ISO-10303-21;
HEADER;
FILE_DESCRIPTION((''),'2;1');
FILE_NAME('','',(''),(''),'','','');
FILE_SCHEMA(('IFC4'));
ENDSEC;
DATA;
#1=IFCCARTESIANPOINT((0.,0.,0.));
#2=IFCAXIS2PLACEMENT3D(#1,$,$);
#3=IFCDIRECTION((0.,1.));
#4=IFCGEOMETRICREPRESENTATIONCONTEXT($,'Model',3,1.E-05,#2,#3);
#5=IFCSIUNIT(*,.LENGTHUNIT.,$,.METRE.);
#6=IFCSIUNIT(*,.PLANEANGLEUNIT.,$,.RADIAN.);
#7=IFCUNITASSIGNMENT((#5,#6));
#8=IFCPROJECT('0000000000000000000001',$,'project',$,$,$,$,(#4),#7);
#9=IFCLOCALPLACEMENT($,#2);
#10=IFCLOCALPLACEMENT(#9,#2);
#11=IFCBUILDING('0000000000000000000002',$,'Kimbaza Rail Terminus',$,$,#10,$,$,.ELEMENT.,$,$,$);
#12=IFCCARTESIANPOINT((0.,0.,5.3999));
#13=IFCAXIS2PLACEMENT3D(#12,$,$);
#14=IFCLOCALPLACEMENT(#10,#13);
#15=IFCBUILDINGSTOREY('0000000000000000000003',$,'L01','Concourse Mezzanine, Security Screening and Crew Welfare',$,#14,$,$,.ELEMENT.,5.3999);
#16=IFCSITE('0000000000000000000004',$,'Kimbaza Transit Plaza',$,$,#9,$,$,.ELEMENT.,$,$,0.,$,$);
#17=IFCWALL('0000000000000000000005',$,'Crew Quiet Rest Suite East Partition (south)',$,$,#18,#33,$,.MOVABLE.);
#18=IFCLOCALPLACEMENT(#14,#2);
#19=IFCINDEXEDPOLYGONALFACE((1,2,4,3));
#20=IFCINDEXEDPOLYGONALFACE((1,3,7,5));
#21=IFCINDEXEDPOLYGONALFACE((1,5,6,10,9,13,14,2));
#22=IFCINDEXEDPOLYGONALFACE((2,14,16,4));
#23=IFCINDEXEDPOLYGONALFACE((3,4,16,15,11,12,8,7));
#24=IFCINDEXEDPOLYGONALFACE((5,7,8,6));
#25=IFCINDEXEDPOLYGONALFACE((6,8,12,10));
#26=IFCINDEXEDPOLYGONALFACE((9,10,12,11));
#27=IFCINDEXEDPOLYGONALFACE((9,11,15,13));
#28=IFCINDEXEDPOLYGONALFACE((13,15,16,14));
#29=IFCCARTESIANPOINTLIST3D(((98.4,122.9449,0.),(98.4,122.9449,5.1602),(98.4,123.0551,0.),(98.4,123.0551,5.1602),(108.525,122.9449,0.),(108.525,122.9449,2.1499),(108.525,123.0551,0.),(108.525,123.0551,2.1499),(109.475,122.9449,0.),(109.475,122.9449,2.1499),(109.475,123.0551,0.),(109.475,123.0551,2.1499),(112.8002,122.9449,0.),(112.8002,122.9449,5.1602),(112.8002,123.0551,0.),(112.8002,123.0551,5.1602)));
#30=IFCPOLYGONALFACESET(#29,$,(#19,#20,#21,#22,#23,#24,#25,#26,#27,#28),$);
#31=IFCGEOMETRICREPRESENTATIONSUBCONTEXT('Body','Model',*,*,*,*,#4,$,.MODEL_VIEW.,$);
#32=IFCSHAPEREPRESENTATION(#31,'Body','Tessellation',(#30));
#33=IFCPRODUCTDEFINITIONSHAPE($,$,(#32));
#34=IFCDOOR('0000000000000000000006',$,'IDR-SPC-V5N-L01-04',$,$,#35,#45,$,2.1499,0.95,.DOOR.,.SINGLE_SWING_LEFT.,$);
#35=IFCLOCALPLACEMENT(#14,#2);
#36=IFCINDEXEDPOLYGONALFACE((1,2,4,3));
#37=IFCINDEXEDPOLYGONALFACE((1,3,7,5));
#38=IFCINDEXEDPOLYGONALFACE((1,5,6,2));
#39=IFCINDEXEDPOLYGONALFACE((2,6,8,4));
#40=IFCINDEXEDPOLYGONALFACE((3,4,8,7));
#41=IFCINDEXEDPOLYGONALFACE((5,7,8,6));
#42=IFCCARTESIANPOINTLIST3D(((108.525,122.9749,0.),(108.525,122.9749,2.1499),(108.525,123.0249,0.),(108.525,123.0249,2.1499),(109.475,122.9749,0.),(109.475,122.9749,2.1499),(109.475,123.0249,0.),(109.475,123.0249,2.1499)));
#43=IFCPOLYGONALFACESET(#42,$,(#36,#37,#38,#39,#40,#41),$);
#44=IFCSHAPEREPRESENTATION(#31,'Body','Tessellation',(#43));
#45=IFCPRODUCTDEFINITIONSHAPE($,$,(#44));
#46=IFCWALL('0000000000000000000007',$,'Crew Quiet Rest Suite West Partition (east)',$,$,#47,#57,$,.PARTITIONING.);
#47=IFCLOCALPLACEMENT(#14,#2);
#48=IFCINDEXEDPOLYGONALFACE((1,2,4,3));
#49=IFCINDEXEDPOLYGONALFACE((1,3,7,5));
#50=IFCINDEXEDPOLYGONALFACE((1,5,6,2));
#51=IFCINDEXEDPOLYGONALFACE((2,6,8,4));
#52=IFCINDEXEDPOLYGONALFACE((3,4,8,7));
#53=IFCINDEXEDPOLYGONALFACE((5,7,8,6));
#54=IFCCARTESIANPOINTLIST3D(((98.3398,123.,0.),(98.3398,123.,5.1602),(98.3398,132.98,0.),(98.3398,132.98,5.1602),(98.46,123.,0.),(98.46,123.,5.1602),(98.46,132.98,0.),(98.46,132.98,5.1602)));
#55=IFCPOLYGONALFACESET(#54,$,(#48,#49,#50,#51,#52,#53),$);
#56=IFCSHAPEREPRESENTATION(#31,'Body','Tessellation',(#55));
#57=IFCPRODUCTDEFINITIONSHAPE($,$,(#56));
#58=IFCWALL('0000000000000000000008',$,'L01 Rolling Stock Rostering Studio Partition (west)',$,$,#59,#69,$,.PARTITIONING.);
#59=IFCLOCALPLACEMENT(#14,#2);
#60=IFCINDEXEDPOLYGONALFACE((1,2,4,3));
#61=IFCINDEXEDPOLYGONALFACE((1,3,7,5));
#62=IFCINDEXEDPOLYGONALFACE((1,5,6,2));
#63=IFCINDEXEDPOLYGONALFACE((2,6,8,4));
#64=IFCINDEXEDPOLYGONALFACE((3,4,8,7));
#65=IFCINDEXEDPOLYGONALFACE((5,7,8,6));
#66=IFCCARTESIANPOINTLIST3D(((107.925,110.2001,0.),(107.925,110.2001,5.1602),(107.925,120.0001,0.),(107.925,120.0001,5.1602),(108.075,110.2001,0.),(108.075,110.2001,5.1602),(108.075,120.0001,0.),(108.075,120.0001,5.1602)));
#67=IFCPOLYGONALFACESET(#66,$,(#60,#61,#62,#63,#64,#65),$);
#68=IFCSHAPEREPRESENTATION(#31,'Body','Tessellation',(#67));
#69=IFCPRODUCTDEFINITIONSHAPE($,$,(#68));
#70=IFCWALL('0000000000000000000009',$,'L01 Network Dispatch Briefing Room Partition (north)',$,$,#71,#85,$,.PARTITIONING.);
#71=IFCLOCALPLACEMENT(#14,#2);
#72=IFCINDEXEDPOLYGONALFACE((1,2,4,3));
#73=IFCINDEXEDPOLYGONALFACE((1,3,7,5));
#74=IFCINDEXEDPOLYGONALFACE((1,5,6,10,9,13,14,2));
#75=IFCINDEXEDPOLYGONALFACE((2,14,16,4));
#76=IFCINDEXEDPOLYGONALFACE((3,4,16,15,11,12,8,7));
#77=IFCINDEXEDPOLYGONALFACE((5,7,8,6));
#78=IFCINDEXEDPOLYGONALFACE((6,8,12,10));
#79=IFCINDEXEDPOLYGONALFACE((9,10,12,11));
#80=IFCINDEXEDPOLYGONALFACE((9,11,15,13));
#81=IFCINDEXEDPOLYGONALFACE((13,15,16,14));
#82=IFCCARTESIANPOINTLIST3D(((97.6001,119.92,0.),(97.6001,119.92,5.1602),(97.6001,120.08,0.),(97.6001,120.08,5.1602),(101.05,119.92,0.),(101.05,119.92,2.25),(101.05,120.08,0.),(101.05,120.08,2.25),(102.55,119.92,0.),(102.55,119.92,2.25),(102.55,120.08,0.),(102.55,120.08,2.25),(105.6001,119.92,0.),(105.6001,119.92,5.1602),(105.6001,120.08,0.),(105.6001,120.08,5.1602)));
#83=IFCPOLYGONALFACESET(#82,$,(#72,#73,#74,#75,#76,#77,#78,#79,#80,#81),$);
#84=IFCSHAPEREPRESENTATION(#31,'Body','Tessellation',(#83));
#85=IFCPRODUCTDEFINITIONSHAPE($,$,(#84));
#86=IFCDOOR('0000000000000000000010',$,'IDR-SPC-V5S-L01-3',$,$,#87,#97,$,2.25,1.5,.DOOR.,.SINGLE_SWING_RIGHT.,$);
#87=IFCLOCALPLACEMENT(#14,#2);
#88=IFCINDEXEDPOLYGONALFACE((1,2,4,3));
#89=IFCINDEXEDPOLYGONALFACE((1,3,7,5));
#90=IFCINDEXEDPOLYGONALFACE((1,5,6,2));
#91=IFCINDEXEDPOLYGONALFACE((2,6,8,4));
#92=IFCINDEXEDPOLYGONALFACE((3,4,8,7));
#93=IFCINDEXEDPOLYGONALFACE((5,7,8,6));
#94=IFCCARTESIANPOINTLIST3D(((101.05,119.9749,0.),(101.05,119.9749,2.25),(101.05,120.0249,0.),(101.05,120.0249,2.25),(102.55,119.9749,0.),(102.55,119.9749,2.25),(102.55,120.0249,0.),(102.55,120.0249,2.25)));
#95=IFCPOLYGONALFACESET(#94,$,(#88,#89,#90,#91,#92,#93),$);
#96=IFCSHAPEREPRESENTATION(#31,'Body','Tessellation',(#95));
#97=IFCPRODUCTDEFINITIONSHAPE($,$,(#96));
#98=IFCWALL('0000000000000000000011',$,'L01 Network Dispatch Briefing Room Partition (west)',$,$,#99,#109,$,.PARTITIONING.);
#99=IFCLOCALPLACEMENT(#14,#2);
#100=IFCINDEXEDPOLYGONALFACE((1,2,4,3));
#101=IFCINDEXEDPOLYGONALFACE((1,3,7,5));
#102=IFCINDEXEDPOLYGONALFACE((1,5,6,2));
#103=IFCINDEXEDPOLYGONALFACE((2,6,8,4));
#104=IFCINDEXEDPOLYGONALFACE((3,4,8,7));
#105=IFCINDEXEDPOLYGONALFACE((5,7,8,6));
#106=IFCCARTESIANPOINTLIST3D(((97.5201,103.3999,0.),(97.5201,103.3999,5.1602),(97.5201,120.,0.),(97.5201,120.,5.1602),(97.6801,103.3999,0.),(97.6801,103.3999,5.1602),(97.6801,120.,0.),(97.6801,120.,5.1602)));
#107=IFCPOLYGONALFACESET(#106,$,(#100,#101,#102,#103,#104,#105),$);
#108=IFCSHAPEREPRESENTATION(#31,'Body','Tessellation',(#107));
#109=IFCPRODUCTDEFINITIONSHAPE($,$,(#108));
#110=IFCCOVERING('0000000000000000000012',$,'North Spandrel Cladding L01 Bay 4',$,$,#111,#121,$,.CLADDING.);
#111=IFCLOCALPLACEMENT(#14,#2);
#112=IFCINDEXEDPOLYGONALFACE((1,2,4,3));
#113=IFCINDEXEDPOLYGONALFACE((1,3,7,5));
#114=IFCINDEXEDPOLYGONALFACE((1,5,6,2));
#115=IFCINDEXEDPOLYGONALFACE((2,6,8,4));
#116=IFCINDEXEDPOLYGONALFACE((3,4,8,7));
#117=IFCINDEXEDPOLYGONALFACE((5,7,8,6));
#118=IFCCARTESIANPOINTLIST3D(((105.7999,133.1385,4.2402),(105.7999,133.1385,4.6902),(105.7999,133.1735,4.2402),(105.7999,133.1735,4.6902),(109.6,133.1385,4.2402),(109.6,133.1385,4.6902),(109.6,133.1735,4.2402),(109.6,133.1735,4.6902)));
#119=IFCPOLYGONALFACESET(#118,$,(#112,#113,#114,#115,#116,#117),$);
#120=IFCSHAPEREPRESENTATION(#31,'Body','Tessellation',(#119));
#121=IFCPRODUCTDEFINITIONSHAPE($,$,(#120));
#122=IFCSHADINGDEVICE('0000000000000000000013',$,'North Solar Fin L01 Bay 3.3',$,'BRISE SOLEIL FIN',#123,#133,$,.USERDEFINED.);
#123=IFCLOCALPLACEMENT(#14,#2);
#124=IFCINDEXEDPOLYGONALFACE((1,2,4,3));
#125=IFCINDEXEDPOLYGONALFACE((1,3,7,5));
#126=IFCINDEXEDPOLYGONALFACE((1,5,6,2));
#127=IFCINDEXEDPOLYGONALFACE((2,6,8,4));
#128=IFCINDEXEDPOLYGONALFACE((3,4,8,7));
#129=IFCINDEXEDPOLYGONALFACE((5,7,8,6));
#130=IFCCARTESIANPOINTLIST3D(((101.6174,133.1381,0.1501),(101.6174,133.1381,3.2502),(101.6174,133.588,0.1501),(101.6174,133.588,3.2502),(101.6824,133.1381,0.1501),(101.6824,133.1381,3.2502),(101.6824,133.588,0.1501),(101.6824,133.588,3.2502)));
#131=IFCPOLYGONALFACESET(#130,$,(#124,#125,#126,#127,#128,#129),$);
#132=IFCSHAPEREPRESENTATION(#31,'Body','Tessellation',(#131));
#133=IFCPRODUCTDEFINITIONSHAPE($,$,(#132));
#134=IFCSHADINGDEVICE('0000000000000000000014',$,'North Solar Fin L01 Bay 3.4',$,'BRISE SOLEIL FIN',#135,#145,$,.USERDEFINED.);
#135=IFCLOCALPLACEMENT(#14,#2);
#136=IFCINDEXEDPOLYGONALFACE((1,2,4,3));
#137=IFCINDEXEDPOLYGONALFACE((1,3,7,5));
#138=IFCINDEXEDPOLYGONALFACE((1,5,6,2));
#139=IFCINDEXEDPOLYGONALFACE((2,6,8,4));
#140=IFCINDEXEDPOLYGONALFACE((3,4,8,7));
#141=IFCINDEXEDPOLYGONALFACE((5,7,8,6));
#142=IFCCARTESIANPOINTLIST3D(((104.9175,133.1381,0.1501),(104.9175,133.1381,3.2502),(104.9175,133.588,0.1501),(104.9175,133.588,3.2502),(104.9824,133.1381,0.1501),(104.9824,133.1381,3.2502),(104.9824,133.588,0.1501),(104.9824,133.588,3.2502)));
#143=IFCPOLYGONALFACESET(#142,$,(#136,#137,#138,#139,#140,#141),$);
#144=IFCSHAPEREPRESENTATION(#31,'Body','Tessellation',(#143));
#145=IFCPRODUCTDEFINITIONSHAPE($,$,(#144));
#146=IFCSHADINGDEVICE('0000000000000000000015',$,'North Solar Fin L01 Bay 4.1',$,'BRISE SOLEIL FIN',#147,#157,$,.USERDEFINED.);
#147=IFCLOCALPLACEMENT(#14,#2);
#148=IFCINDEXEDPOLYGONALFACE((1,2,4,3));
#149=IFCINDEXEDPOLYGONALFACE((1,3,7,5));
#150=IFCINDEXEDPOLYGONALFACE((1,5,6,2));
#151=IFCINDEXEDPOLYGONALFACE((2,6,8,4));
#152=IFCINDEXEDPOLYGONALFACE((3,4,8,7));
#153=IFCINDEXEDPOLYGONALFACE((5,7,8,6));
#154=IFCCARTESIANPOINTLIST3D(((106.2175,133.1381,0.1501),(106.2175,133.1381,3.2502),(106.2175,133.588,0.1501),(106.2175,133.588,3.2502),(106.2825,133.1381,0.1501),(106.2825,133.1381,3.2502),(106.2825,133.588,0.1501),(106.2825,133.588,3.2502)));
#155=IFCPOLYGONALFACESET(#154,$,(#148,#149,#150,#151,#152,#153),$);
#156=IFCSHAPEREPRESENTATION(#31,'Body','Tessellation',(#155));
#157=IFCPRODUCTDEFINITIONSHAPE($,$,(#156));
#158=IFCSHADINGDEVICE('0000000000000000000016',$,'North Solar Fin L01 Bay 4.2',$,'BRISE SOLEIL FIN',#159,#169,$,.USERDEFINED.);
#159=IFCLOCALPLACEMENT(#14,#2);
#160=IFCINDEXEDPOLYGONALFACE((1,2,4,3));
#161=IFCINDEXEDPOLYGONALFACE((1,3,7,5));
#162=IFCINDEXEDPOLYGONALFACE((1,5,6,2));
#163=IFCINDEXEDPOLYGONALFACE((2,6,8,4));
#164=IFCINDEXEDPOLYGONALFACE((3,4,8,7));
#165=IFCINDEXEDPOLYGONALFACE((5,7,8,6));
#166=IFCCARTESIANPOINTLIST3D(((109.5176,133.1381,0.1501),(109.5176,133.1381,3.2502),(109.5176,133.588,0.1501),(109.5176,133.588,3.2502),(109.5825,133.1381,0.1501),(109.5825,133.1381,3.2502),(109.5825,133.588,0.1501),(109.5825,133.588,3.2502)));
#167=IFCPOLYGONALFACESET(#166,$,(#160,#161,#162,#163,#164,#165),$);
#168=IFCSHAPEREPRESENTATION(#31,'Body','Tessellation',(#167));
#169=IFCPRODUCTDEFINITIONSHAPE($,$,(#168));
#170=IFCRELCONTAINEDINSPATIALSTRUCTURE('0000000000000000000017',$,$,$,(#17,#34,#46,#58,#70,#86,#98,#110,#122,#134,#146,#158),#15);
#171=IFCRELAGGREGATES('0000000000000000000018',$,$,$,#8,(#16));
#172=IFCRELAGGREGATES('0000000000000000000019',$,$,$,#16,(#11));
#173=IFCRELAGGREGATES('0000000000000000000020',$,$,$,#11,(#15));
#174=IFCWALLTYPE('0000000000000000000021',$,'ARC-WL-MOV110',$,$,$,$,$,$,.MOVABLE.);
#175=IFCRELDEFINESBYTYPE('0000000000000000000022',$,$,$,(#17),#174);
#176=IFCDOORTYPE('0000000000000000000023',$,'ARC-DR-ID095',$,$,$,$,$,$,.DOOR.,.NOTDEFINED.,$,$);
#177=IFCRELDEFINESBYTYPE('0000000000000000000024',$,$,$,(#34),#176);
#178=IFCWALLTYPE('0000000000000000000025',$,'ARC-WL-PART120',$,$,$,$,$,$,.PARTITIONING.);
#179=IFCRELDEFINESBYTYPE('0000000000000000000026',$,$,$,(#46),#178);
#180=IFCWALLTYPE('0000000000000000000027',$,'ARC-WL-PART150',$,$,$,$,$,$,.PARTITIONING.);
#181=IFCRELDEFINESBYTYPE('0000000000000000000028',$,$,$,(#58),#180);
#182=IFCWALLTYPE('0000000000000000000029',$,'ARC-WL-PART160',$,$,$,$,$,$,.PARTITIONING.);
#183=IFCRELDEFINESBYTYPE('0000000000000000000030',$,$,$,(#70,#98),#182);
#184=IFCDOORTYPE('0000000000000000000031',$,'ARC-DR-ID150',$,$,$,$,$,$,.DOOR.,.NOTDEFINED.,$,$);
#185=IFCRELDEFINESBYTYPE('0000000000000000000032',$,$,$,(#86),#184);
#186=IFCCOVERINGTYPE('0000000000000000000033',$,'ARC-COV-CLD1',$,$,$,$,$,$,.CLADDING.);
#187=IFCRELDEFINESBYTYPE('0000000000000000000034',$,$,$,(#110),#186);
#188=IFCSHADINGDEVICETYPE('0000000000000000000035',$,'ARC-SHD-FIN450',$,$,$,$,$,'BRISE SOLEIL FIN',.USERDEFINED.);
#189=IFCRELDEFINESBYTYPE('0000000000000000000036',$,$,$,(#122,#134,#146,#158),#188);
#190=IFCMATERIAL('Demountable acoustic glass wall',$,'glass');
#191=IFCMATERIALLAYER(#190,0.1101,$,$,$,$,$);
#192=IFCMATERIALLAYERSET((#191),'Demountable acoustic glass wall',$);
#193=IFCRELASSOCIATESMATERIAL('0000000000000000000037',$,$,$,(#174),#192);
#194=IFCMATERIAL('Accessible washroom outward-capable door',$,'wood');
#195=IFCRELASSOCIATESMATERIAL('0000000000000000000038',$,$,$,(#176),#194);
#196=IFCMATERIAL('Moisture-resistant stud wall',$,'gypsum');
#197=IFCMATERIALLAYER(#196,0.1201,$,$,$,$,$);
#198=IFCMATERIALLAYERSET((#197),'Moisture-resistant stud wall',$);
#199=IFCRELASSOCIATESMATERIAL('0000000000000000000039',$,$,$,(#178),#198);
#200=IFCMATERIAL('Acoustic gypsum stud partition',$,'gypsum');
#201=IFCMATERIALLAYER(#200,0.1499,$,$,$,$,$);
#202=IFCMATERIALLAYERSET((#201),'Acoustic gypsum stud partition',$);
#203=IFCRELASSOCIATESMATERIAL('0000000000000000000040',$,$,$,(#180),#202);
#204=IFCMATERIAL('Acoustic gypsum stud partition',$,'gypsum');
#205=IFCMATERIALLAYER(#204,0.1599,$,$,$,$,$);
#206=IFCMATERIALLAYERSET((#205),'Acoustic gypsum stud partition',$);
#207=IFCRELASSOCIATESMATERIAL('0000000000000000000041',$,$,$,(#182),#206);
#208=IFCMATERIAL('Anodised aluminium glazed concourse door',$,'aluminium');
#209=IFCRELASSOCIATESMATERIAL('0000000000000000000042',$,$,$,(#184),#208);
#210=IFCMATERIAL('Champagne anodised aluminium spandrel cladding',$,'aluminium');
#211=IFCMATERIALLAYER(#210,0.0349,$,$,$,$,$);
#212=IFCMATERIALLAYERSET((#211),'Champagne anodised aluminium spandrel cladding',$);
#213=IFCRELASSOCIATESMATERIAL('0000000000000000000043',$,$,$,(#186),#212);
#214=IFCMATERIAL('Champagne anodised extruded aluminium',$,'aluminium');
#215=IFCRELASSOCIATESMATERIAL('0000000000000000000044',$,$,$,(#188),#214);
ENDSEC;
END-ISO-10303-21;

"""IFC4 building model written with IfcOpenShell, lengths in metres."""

from ifc_helpers import new_model, si_unit, direction, frame, frame_2d, origin, origin_2d, place, context, subcontext, project, spatial, rectangle, extrude, material, layer, layer_set, type_object, element, fill, save


model = new_model("IFC4")

# Units and contexts
model_context = context("Model", 3, precision=1e-05, world=origin(), true_north=direction((0.0, 1.0)))
body_context = subcontext(model_context, "Body", "Model", "MODEL_VIEW")
ifc_project = project(units=[si_unit("LENGTHUNIT", "METRE"), si_unit("PLANEANGLEUNIT", "RADIAN")], contexts=[model_context])

# Site, building, storey
site_placement = place(None, origin())
site = spatial("IfcSite", under=ifc_project, at=site_placement, Name="Kimbaza Transit Plaza", CompositionType="ELEMENT", RefElevation=0.0)
building_placement = place(site_placement, origin())
building = spatial("IfcBuilding", under=site, at=building_placement, Name="Kimbaza Rail Terminus", CompositionType="ELEMENT")
storey_placement = place(building_placement, frame((0.0, 0.0, 5.3999)))
storey = spatial("IfcBuildingStorey", under=building, at=storey_placement, Name="L01", Description="Concourse Mezzanine, Security Screening and Crew Welfare", CompositionType="ELEMENT", Elevation=5.3999)

# Wall, opening, door
ifc_material_1 = material(Name="Demountable acoustic glass wall", Category="glass")
ifc_layer_1 = layer(ifc_material_1, 0.1101)
ifc_layer_set_1 = layer_set([ifc_layer_1], Name="Demountable acoustic glass wall")
wall_type_1 = type_object("IfcWallType", Name="ARC-WL-MOV110", PredefinedType="MOVABLE", material=ifc_layer_set_1)
wall_1_placement = place(storey_placement, frame((98.3999, 123.0, 0.0), z_axis=(0.0, 0.0, 1.0), x_axis=(1.0, 0.0, 0.0)))
wall_1 = element("IfcWall", 1, at=wall_1_placement, inside=storey, type_object=wall_type_1, Name="Crew Quiet Rest Suite East Partition (south)", PredefinedType="MOVABLE", context=body_context, shape_type="SweptSolid", body=[
    extrude(rectangle(XDim=14.4001, YDim=0.1101, at=frame_2d((7.2002, 0.0))), origin(), (0.0, 0.0, 1.0), 5.1602),
])
opening_1_placement = place(wall_1_placement, frame((10.125, 0.0, 0.0)))
opening_1 = element("IfcOpeningElement", 2, at=opening_1_placement, cuts=wall_1, PredefinedType="OPENING", context=body_context, shape_type="SweptSolid", body=[
    extrude(rectangle(XDim=0.95, YDim=2.1499, at=frame_2d((0.4751, 1.075))), frame((0.0, 0.0649, 0.0), z_axis=(0.0, -1.0, 0.0), x_axis=(1.0, 0.0, 0.0)), (0.0, 0.0, 1.0), 0.1301),
])
ifc_material_2 = material(Name="Accessible washroom outward-capable door", Category="wood")
door_type_1 = type_object("IfcDoorType", Name="ARC-DR-ID095", OperationType="NOTDEFINED", PredefinedType="DOOR", material=ifc_material_2)
door_1_placement = place(opening_1_placement, origin())
door_1 = element("IfcDoor", 3, at=door_1_placement, inside=storey, type_object=door_type_1, Name="IDR-SPC-V5N-L01-04", OperationType="SINGLE_SWING_LEFT", OverallHeight=2.1499, OverallWidth=0.95, PredefinedType="DOOR", context=body_context, shape_type="SweptSolid", body=[
    extrude(rectangle(XDim=0.95, YDim=2.1499, at=frame_2d((0.4751, 1.075))), frame((0.0, 0.0249, 0.0), z_axis=(0.0, -1.0, 0.0), x_axis=(1.0, 0.0, 0.0)), (0.0, 0.0, 1.0), 0.05),
])
fill(opening_1, door_1)

# Walls
ifc_material_3 = material(Name="Moisture-resistant stud wall", Category="gypsum")
ifc_layer_2 = layer(ifc_material_3, 0.1201)
ifc_layer_set_2 = layer_set([ifc_layer_2], Name="Moisture-resistant stud wall")
wall_type_2 = type_object("IfcWallType", Name="ARC-WL-PART120", PredefinedType="PARTITIONING", material=ifc_layer_set_2)
wall_2_placement = place(storey_placement, frame((98.3999, 123.0, 0.0), z_axis=(0.0, 0.0, 1.0), x_axis=(0.0, 1.0, 0.0)))
element("IfcWall", 4, at=wall_2_placement, inside=storey, type_object=wall_type_2, Name="Crew Quiet Rest Suite West Partition (east)", PredefinedType="PARTITIONING", context=body_context, shape_type="SweptSolid", body=[
    extrude(rectangle(XDim=9.98, YDim=0.1201, at=frame_2d((4.99, 0.0))), origin(), (0.0, 0.0, 1.0), 5.1602),
])
ifc_material_4 = material(Name="Acoustic gypsum stud partition", Category="gypsum")
ifc_layer_3 = layer(ifc_material_4, 0.1499)
ifc_layer_set_3 = layer_set([ifc_layer_3], Name="Acoustic gypsum stud partition")
wall_type_3 = type_object("IfcWallType", Name="ARC-WL-PART150", PredefinedType="PARTITIONING", material=ifc_layer_set_3)
wall_3_placement = place(storey_placement, frame((108.0, 120.0, 0.0), z_axis=(0.0, 0.0, 1.0), x_axis=(0.0, -1.0, 0.0)))
element("IfcWall", 5, at=wall_3_placement, inside=storey, type_object=wall_type_3, Name="L01 Rolling Stock Rostering Studio Partition (west)", PredefinedType="PARTITIONING", context=body_context, shape_type="SweptSolid", body=[
    extrude(rectangle(XDim=9.8, YDim=0.1499, at=frame_2d((4.8999, 0.0))), origin(), (0.0, 0.0, 1.0), 5.1602),
])

# Wall, opening, door
ifc_material_5 = material(Name="Acoustic gypsum stud partition", Category="gypsum")
ifc_layer_4 = layer(ifc_material_5, 0.1599)
ifc_layer_set_4 = layer_set([ifc_layer_4], Name="Acoustic gypsum stud partition")
wall_type_4 = type_object("IfcWallType", Name="ARC-WL-PART160", PredefinedType="PARTITIONING", material=ifc_layer_set_4)
wall_4_placement = place(storey_placement, frame((105.6001, 120.0, 0.0), z_axis=(0.0, 0.0, 1.0), x_axis=(-1.0, 0.0, 0.0)))
wall_4 = element("IfcWall", 6, at=wall_4_placement, inside=storey, type_object=wall_type_4, Name="L01 Network Dispatch Briefing Room Partition (north)", PredefinedType="PARTITIONING", context=body_context, shape_type="SweptSolid", body=[
    extrude(rectangle(XDim=8.0, YDim=0.1599, at=frame_2d((4.0, 0.0))), origin(), (0.0, 0.0, 1.0), 5.1602),
])
opening_2_placement = place(wall_4_placement, frame((4.55, 0.0, 0.0), z_axis=(0.0, 0.0, 1.0), x_axis=(-1.0, 0.0, 0.0)))
opening_2 = element("IfcOpeningElement", 7, at=opening_2_placement, cuts=wall_4, PredefinedType="OPENING", context=body_context, shape_type="SweptSolid", body=[
    extrude(rectangle(XDim=1.5, YDim=2.25, at=frame_2d((0.75, 1.125))), frame((0.0, 0.0898, 0.0), z_axis=(0.0, -1.0, 0.0), x_axis=(1.0, 0.0, 0.0)), (0.0, 0.0, 1.0), 0.1799),
])
ifc_material_6 = material(Name="Anodised aluminium glazed concourse door", Category="aluminium")
door_type_2 = type_object("IfcDoorType", Name="ARC-DR-ID150", OperationType="NOTDEFINED", PredefinedType="DOOR", material=ifc_material_6)
door_2_placement = place(opening_2_placement, origin())
door_2 = element("IfcDoor", 8, at=door_2_placement, inside=storey, type_object=door_type_2, Name="IDR-SPC-V5S-L01-3", OperationType="SINGLE_SWING_RIGHT", OverallHeight=2.25, OverallWidth=1.5, PredefinedType="DOOR", context=body_context, shape_type="SweptSolid", body=[
    extrude(rectangle(XDim=1.5, YDim=2.25, at=frame_2d((0.75, 1.125))), frame((0.0, 0.0249, 0.0), z_axis=(0.0, -1.0, 0.0), x_axis=(1.0, 0.0, 0.0)), (0.0, 0.0, 1.0), 0.05),
])
fill(opening_2, door_2)

# Wall
wall_5_placement = place(storey_placement, frame((97.6001, 120.0, 0.0), z_axis=(0.0, 0.0, 1.0), x_axis=(0.0, -1.0, 0.0)))
element("IfcWall", 9, at=wall_5_placement, inside=storey, type_object=wall_type_4, Name="L01 Network Dispatch Briefing Room Partition (west)", PredefinedType="PARTITIONING", context=body_context, shape_type="SweptSolid", body=[
    extrude(rectangle(XDim=16.6001, YDim=0.1599, at=frame_2d((8.3, 0.0))), origin(), (0.0, 0.0, 1.0), 5.1602),
])

# Covering
ifc_material_7 = material(Name="Champagne anodised aluminium spandrel cladding", Category="aluminium")
ifc_layer_5 = layer(ifc_material_7, 0.0349)
ifc_layer_set_5 = layer_set([ifc_layer_5], Name="Champagne anodised aluminium spandrel cladding")
covering_type = type_object("IfcCoveringType", Name="ARC-COV-CLD1", PredefinedType="CLADDING", material=ifc_layer_set_5)
covering_placement = place(storey_placement, frame((107.7, 133.156, 4.2402), z_axis=(0.0, 0.0, 1.0), x_axis=(1.0, 0.0, 0.0)))
element("IfcCovering", 10, at=covering_placement, inside=storey, type_object=covering_type, Name="North Spandrel Cladding L01 Bay 4", PredefinedType="CLADDING", context=body_context, shape_type="SweptSolid", body=[
    extrude(rectangle(XDim=3.8, YDim=0.0349, at=origin_2d()), origin(), (0.0, 0.0, 1.0), 0.45),
])

# Shading devices
ifc_material_8 = material(Name="Champagne anodised extruded aluminium", Category="aluminium")
shading_device_type = type_object("IfcShadingDeviceType", Name="ARC-SHD-FIN450", ElementType="BRISE SOLEIL FIN", PredefinedType="USERDEFINED", material=ifc_material_8)
for number, where, z_axis, x_axis, name in (
    (11, (101.6499, 133.363, 0.1501), (0.0, 0.0, 1.0), (1.0, 0.0, 0.0), "North Solar Fin L01 Bay 3.3"),
    (12, (104.95, 133.363, 0.1501), (0.0, 0.0, 1.0), (1.0, 0.0, 0.0), "North Solar Fin L01 Bay 3.4"),
    (13, (106.25, 133.363, 0.1501), (0.0, 0.0, 1.0), (1.0, 0.0, 0.0), "North Solar Fin L01 Bay 4.1"),
    (14, (109.55, 133.363, 0.1501), (0.0, 0.0, 1.0), (1.0, 0.0, 0.0), "North Solar Fin L01 Bay 4.2"),
):
    element("IfcShadingDevice", number, at=place(storey_placement, frame(where, z_axis=z_axis, x_axis=x_axis)), inside=storey, type_object=shading_device_type, Name=name, ObjectType="BRISE SOLEIL FIN", PredefinedType="USERDEFINED", context=body_context, shape_type="SweptSolid", body=[
        extrude(rectangle(XDim=0.0649, YDim=0.45, at=origin_2d()), origin(), (0.0, 0.0, 1.0), 3.1001),
    ])

save(model, "model.ifc")
